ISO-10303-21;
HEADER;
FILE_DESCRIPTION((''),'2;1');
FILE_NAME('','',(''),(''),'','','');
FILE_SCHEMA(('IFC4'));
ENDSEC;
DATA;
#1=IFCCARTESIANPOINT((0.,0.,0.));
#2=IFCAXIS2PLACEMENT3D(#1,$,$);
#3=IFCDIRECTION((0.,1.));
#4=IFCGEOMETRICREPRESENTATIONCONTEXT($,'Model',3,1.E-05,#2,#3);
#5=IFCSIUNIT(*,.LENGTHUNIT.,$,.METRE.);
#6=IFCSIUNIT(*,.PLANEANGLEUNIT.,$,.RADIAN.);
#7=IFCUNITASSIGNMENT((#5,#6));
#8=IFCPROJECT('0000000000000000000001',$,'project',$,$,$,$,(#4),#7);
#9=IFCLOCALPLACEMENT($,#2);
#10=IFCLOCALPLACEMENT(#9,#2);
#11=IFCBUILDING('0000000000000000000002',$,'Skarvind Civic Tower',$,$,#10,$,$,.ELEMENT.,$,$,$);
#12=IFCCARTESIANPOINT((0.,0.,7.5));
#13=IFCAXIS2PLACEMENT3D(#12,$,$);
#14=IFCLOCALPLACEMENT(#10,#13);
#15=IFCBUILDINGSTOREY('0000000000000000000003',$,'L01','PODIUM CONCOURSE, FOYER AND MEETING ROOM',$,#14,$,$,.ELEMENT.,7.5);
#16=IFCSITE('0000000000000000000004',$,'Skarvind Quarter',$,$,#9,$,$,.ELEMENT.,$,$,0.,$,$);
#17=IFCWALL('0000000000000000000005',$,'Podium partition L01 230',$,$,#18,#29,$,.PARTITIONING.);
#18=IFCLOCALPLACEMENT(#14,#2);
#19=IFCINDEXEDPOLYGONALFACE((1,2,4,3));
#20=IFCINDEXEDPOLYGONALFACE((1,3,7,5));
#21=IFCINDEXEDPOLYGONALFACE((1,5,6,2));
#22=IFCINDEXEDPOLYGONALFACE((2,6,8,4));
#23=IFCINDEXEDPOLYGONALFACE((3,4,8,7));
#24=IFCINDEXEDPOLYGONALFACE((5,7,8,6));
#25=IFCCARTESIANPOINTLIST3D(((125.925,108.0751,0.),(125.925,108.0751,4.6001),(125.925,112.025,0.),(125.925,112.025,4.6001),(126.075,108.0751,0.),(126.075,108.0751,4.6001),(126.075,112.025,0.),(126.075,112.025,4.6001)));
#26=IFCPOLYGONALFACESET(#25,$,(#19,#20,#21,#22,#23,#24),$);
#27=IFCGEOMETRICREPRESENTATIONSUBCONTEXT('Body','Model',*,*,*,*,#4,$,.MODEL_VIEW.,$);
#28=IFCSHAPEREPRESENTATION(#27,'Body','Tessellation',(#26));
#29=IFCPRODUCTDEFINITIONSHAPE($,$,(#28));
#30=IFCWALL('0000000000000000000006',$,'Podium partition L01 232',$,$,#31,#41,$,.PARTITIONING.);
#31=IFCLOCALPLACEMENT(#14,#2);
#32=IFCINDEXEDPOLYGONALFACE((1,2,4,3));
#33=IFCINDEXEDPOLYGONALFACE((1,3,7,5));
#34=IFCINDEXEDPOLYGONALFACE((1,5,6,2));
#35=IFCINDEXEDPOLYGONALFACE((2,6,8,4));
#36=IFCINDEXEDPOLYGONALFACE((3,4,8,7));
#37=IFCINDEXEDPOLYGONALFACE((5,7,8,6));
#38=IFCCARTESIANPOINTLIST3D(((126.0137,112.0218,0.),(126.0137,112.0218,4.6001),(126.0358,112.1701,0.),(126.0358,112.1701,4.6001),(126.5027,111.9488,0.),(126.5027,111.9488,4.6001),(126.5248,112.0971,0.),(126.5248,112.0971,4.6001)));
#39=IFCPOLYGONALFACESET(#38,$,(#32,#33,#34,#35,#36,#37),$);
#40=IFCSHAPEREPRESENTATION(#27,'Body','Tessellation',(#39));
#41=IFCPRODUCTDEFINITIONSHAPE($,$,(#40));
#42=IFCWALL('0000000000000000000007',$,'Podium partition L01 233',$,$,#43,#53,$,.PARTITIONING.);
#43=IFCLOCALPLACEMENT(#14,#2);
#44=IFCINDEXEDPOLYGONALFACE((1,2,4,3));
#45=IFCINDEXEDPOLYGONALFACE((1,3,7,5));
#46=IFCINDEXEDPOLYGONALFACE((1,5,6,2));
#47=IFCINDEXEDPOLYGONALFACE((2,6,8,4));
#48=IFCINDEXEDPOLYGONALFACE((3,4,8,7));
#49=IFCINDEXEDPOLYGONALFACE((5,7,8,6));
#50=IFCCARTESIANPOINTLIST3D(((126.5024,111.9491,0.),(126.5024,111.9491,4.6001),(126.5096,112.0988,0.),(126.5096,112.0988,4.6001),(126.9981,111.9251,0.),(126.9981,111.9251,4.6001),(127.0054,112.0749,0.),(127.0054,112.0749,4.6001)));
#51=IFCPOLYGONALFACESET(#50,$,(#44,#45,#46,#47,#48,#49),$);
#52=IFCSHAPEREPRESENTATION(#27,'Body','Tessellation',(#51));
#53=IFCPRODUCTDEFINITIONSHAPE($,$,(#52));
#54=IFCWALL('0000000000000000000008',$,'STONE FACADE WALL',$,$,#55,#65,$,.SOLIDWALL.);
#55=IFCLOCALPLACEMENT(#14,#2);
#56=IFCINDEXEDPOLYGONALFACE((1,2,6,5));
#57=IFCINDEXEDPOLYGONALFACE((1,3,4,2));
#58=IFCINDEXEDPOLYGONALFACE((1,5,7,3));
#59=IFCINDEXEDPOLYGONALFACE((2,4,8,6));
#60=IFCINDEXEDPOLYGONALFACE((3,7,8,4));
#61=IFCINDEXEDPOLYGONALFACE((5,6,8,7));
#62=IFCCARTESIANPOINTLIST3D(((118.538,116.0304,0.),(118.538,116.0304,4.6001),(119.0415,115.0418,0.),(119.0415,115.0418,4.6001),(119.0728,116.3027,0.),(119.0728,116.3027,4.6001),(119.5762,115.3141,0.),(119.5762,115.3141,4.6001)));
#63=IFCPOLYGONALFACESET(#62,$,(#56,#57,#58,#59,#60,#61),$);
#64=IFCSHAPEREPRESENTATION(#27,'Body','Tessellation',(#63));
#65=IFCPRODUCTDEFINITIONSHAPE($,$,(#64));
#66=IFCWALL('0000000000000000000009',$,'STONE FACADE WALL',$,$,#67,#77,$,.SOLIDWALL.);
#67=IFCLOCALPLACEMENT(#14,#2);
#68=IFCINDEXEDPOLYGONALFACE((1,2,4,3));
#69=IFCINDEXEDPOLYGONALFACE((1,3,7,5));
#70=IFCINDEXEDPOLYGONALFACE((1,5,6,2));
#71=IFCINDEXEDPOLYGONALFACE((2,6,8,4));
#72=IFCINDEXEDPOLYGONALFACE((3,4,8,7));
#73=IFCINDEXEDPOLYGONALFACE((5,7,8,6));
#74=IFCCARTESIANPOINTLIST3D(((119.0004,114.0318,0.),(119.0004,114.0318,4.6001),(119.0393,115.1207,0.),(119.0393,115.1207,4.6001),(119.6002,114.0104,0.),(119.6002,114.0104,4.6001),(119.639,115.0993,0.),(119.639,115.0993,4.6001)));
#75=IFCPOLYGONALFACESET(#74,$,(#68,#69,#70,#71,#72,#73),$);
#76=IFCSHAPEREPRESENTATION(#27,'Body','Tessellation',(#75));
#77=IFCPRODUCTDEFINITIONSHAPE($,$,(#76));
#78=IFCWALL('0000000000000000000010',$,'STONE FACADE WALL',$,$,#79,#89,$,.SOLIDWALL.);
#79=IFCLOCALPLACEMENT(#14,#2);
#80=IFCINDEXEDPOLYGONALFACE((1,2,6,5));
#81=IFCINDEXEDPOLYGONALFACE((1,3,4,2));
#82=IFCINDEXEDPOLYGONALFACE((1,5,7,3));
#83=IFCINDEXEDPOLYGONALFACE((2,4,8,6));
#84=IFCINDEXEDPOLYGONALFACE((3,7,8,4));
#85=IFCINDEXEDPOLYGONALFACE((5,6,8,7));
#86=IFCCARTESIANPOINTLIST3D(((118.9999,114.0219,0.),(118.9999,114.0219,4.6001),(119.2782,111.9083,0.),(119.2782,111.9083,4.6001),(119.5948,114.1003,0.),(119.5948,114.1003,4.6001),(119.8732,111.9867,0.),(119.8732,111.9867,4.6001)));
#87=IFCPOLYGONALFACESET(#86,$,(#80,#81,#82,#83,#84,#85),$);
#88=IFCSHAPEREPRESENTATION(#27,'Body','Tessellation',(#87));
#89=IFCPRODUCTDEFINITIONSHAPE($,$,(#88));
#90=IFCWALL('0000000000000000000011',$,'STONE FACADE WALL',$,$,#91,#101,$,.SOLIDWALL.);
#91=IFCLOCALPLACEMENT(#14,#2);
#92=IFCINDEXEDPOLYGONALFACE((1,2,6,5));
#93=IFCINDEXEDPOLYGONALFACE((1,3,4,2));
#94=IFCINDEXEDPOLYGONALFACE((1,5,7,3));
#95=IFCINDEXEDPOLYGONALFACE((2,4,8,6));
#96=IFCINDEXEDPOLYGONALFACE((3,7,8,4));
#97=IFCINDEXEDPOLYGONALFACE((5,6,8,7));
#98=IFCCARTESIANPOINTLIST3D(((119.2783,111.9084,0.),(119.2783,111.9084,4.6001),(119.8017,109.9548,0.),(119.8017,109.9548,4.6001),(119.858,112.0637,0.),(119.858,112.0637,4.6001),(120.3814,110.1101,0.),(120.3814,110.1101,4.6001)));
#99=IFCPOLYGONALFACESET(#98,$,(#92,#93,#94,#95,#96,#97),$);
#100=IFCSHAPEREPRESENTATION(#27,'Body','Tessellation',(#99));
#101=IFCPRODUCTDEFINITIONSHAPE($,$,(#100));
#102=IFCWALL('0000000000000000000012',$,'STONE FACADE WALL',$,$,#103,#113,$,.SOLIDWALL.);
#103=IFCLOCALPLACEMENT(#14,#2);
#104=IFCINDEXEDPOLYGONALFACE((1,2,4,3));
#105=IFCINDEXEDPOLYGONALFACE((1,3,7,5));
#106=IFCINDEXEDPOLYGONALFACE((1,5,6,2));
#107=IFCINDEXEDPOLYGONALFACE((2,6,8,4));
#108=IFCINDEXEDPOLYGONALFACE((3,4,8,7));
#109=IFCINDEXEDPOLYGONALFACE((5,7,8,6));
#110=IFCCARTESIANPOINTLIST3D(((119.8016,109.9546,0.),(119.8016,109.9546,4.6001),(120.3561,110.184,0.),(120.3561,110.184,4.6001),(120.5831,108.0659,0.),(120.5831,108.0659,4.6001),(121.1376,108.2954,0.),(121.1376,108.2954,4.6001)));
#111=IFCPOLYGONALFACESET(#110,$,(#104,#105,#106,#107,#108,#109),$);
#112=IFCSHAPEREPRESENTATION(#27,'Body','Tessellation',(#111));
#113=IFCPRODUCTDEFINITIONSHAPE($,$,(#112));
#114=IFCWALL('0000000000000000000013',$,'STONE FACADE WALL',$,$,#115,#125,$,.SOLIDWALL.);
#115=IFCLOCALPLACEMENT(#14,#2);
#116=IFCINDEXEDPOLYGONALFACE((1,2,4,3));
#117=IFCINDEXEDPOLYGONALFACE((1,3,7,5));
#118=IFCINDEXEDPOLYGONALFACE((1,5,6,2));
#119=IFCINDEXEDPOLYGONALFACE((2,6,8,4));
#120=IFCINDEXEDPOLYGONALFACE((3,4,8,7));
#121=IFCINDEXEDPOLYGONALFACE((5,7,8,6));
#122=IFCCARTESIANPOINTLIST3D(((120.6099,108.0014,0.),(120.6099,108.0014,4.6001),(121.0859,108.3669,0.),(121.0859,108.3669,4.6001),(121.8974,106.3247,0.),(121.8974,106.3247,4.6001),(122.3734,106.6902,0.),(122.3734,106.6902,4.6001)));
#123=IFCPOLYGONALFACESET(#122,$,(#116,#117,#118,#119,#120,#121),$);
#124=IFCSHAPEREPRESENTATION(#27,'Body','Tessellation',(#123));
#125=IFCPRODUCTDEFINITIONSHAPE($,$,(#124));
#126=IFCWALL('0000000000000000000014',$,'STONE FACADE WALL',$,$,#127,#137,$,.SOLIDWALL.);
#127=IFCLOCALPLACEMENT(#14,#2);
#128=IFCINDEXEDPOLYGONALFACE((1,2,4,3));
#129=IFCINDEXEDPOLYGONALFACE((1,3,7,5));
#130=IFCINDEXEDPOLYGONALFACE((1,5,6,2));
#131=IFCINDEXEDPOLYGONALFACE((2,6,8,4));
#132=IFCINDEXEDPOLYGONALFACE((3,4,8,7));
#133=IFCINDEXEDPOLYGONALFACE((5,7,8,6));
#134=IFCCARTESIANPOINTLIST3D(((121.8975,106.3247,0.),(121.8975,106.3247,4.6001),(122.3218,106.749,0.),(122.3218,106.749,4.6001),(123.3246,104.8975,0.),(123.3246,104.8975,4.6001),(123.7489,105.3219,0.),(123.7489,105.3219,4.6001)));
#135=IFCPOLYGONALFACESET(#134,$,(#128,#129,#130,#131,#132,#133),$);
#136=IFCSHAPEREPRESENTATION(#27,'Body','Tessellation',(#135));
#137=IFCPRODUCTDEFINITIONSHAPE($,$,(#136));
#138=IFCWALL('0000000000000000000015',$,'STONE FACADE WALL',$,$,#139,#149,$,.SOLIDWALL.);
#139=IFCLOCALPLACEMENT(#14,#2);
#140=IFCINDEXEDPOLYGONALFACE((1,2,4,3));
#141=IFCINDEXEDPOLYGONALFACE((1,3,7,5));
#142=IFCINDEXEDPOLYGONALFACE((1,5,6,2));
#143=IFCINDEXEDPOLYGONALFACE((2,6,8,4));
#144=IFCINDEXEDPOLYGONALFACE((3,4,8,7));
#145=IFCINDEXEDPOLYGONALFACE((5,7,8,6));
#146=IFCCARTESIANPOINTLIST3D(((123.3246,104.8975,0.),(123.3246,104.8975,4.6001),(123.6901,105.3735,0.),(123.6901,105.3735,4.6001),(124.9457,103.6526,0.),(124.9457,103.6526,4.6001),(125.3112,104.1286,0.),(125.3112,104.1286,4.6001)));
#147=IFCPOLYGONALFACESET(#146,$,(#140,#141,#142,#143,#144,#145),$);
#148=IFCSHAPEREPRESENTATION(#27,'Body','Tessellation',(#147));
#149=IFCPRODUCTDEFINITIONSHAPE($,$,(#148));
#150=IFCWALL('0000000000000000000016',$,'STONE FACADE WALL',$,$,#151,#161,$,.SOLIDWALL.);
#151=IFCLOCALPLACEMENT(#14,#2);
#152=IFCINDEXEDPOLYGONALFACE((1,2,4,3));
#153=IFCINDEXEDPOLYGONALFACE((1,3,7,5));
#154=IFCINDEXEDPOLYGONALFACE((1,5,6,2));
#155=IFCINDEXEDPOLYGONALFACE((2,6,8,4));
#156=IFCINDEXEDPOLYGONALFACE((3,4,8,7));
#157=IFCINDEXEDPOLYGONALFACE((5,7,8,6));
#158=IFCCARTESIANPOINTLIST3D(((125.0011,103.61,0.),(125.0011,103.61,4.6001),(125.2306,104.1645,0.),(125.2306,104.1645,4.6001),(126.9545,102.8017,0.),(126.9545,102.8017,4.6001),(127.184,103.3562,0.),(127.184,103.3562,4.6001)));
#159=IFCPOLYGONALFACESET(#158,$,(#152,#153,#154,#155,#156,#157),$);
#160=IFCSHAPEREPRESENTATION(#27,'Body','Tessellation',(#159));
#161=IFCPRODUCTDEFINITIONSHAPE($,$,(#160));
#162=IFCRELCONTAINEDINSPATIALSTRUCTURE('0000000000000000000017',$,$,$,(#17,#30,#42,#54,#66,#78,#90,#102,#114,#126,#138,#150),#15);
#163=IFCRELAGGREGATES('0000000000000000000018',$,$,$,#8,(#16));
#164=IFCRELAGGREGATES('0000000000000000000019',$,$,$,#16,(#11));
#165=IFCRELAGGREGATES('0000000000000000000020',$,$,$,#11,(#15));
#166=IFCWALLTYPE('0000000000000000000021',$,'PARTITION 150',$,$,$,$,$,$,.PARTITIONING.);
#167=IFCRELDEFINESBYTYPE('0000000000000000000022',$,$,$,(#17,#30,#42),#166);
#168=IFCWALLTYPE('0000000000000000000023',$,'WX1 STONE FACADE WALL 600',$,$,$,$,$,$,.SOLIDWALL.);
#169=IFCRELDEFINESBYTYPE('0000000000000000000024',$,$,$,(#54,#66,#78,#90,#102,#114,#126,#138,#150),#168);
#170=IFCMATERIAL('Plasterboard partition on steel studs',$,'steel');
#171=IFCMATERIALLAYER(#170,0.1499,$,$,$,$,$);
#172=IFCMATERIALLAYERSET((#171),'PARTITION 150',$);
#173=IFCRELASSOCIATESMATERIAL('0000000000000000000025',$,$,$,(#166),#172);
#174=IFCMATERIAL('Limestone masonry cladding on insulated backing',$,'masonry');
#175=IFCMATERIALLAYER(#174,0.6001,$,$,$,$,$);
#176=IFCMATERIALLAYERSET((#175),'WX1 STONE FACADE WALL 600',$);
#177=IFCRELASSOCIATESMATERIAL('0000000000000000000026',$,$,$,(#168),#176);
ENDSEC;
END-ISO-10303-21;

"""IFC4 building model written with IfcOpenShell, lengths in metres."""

from ifc_helpers import new_model, si_unit, direction, frame, frame_2d, origin, place, context, subcontext, project, spatial, rectangle, extrude, material, layer, layer_set, type_object, element, save


model = new_model("IFC4")

# Units and contexts
model_context = context("Model", 3, precision=1e-05, world=origin(), true_north=direction((0.0, 1.0)))
body_context = subcontext(model_context, "Body", "Model", "MODEL_VIEW")
ifc_project = project(units=[si_unit("LENGTHUNIT", "METRE"), si_unit("PLANEANGLEUNIT", "RADIAN")], contexts=[model_context])

# Site, building, storey
site_placement = place(None, origin())
site = spatial("IfcSite", under=ifc_project, at=site_placement, Name="Skarvind Quarter", CompositionType="ELEMENT", RefElevation=0.0)
building_placement = place(site_placement, origin())
building = spatial("IfcBuilding", under=site, at=building_placement, Name="Skarvind Civic Tower", CompositionType="ELEMENT")
storey_placement = place(building_placement, frame((0.0, 0.0, 7.5)))
storey = spatial("IfcBuildingStorey", under=building, at=storey_placement, Name="L01", Description="PODIUM CONCOURSE, FOYER AND MEETING ROOM", CompositionType="ELEMENT", Elevation=7.5)

# Walls
ifc_material_1 = material(Name="Plasterboard partition on steel studs", Category="steel")
ifc_layer_1 = layer(ifc_material_1, 0.1499)
ifc_layer_set_1 = layer_set([ifc_layer_1], Name="PARTITION 150")
wall_type_1 = type_object("IfcWallType", Name="PARTITION 150", PredefinedType="PARTITIONING", material=ifc_layer_set_1)
wall_1_placement = place(storey_placement, frame((126.0, 108.075, 0.0), z_axis=(0.0, 0.0, 1.0), x_axis=(0.0, 1.0, 0.0)))
element("IfcWall", 1, at=wall_1_placement, inside=storey, type_object=wall_type_1, Name="Podium partition L01 230", PredefinedType="PARTITIONING", context=body_context, shape_type="SweptSolid", body=[
    extrude(rectangle(XDim=3.95, YDim=0.1499, at=frame_2d((1.9751, 0.0))), origin(), (0.0, 0.0, 1.0), 4.6001),
])
wall_2_placement = place(storey_placement, frame((126.0249, 112.0959, 0.0), z_axis=(0.0, 0.0, 1.0), x_axis=(0.989041, -0.14764, 0.0)))
element("IfcWall", 2, at=wall_2_placement, inside=storey, type_object=wall_type_1, Name="Podium partition L01 232", PredefinedType="PARTITIONING", context=body_context, shape_type="SweptSolid", body=[
    extrude(rectangle(XDim=0.4944, YDim=0.1499, at=frame_2d((0.2471, 0.0))), origin(), (0.0, 0.0, 1.0), 4.6001),
])
wall_3_placement = place(storey_placement, frame((126.5061, 112.0239, 0.0), z_axis=(0.0, 0.0, 1.0), x_axis=(0.998838, -0.048196, 0.0)))
element("IfcWall", 3, at=wall_3_placement, inside=storey, type_object=wall_type_1, Name="Podium partition L01 233", PredefinedType="PARTITIONING", context=body_context, shape_type="SweptSolid", body=[
    extrude(rectangle(XDim=0.4963, YDim=0.1499, at=frame_2d((0.248, 0.0))), origin(), (0.0, 0.0, 1.0), 4.6001),
])
ifc_material_2 = material(Name="Limestone masonry cladding on insulated backing", Category="masonry")
ifc_layer_2 = layer(ifc_material_2, 0.6001)
ifc_layer_set_2 = layer_set([ifc_layer_2], Name="WX1 STONE FACADE WALL 600")
wall_type_2 = type_object("IfcWallType", Name="WX1 STONE FACADE WALL 600", PredefinedType="SOLIDWALL", material=ifc_layer_set_2)
wall_4_placement = place(storey_placement, frame((119.3088, 115.178, 0.0), z_axis=(0.0, 0.0, 1.0), x_axis=(-0.453804, 0.891102, 0.0)))
element("IfcWall", 4, at=wall_4_placement, inside=storey, type_object=wall_type_2, Name="STONE FACADE WALL", PredefinedType="SOLIDWALL", context=body_context, shape_type="SweptSolid", body=[
    extrude(rectangle(XDim=1.1094, YDim=0.6001, at=frame_2d((0.5547, 0.0))), origin(), (0.0, 0.0, 1.0), 4.6001),
])
wall_5_placement = place(storey_placement, frame((119.3003, 114.021, 0.0), z_axis=(0.0, 0.0, 1.0), x_axis=(0.035628, 0.999365, 0.0)))
element("IfcWall", 5, at=wall_5_placement, inside=storey, type_object=wall_type_2, Name="STONE FACADE WALL", PredefinedType="SOLIDWALL", context=body_context, shape_type="SweptSolid", body=[
    extrude(rectangle(XDim=1.0896, YDim=0.6001, at=frame_2d((0.5449, 0.0))), origin(), (0.0, 0.0, 1.0), 4.6001),
])
wall_6_placement = place(storey_placement, frame((119.5757, 111.9475, 0.0), z_axis=(0.0, 0.0, 1.0), x_axis=(-0.130558, 0.991441, 0.0)))
element("IfcWall", 6, at=wall_6_placement, inside=storey, type_object=wall_type_2, Name="STONE FACADE WALL", PredefinedType="SOLIDWALL", context=body_context, shape_type="SweptSolid", body=[
    extrude(rectangle(XDim=2.1318, YDim=0.6001, at=frame_2d((1.0659, 0.0))), origin(), (0.0, 0.0, 1.0), 4.6001),
])
wall_7_placement = place(storey_placement, frame((120.0916, 110.0325, 0.0), z_axis=(0.0, 0.0, 1.0), x_axis=(-0.258804, 0.96593, 0.0)))
element("IfcWall", 7, at=wall_7_placement, inside=storey, type_object=wall_type_2, Name="STONE FACADE WALL", PredefinedType="SOLIDWALL", context=body_context, shape_type="SweptSolid", body=[
    extrude(rectangle(XDim=2.0225, YDim=0.6001, at=frame_2d((1.0112, 0.0))), origin(), (0.0, 0.0, 1.0), 4.6001),
])
wall_8_placement = place(storey_placement, frame((120.8604, 108.1807, 0.0), z_axis=(0.0, 0.0, 1.0), x_axis=(-0.382341, 0.924021, 0.0)))
element("IfcWall", 8, at=wall_8_placement, inside=storey, type_object=wall_type_2, Name="STONE FACADE WALL", PredefinedType="SOLIDWALL", context=body_context, shape_type="SweptSolid", body=[
    extrude(rectangle(XDim=2.0439, YDim=0.6001, at=frame_2d((1.022, 0.0))), origin(), (0.0, 0.0, 1.0), 4.6001),
])
wall_9_placement = place(storey_placement, frame((122.1355, 106.5073, 0.0), z_axis=(0.0, 0.0, 1.0), x_axis=(-0.609052, 0.79313, 0.0)))
element("IfcWall", 9, at=wall_9_placement, inside=storey, type_object=wall_type_2, Name="STONE FACADE WALL", PredefinedType="SOLIDWALL", context=body_context, shape_type="SweptSolid", body=[
    extrude(rectangle(XDim=2.114, YDim=0.6001, at=frame_2d((1.0571, 0.0))), origin(), (0.0, 0.0, 1.0), 4.6001),
])
wall_10_placement = place(storey_placement, frame((123.5369, 105.1096, 0.0), z_axis=(0.0, 0.0, 1.0), x_axis=(-0.707107, 0.707107, 0.0)))
element("IfcWall", 10, at=wall_10_placement, inside=storey, type_object=wall_type_2, Name="STONE FACADE WALL", PredefinedType="SOLIDWALL", context=body_context, shape_type="SweptSolid", body=[
    extrude(rectangle(XDim=2.0183, YDim=0.6001, at=frame_2d((1.0093, 0.0))), origin(), (0.0, 0.0, 1.0), 4.6001),
])
wall_11_placement = place(storey_placement, frame((125.1284, 103.8906, 0.0), z_axis=(0.0, 0.0, 1.0), x_axis=(-0.793125, 0.609058, 0.0)))
element("IfcWall", 11, at=wall_11_placement, inside=storey, type_object=wall_type_2, Name="STONE FACADE WALL", PredefinedType="SOLIDWALL", context=body_context, shape_type="SweptSolid", body=[
    extrude(rectangle(XDim=2.0439, YDim=0.6001, at=frame_2d((1.022, 0.0))), origin(), (0.0, 0.0, 1.0), 4.6001),
])
wall_12_placement = place(storey_placement, frame((127.0693, 103.0789, 0.0), z_axis=(0.0, 0.0, 1.0), x_axis=(-0.924007, 0.382376, 0.0)))
element("IfcWall", 12, at=wall_12_placement, inside=storey, type_object=wall_type_2, Name="STONE FACADE WALL", PredefinedType="SOLIDWALL", context=body_context, shape_type="SweptSolid", body=[
    extrude(rectangle(XDim=2.114, YDim=0.6001, at=frame_2d((1.0571, 0.0))), origin(), (0.0, 0.0, 1.0), 4.6001),
])

save(model, "model.ifc")
